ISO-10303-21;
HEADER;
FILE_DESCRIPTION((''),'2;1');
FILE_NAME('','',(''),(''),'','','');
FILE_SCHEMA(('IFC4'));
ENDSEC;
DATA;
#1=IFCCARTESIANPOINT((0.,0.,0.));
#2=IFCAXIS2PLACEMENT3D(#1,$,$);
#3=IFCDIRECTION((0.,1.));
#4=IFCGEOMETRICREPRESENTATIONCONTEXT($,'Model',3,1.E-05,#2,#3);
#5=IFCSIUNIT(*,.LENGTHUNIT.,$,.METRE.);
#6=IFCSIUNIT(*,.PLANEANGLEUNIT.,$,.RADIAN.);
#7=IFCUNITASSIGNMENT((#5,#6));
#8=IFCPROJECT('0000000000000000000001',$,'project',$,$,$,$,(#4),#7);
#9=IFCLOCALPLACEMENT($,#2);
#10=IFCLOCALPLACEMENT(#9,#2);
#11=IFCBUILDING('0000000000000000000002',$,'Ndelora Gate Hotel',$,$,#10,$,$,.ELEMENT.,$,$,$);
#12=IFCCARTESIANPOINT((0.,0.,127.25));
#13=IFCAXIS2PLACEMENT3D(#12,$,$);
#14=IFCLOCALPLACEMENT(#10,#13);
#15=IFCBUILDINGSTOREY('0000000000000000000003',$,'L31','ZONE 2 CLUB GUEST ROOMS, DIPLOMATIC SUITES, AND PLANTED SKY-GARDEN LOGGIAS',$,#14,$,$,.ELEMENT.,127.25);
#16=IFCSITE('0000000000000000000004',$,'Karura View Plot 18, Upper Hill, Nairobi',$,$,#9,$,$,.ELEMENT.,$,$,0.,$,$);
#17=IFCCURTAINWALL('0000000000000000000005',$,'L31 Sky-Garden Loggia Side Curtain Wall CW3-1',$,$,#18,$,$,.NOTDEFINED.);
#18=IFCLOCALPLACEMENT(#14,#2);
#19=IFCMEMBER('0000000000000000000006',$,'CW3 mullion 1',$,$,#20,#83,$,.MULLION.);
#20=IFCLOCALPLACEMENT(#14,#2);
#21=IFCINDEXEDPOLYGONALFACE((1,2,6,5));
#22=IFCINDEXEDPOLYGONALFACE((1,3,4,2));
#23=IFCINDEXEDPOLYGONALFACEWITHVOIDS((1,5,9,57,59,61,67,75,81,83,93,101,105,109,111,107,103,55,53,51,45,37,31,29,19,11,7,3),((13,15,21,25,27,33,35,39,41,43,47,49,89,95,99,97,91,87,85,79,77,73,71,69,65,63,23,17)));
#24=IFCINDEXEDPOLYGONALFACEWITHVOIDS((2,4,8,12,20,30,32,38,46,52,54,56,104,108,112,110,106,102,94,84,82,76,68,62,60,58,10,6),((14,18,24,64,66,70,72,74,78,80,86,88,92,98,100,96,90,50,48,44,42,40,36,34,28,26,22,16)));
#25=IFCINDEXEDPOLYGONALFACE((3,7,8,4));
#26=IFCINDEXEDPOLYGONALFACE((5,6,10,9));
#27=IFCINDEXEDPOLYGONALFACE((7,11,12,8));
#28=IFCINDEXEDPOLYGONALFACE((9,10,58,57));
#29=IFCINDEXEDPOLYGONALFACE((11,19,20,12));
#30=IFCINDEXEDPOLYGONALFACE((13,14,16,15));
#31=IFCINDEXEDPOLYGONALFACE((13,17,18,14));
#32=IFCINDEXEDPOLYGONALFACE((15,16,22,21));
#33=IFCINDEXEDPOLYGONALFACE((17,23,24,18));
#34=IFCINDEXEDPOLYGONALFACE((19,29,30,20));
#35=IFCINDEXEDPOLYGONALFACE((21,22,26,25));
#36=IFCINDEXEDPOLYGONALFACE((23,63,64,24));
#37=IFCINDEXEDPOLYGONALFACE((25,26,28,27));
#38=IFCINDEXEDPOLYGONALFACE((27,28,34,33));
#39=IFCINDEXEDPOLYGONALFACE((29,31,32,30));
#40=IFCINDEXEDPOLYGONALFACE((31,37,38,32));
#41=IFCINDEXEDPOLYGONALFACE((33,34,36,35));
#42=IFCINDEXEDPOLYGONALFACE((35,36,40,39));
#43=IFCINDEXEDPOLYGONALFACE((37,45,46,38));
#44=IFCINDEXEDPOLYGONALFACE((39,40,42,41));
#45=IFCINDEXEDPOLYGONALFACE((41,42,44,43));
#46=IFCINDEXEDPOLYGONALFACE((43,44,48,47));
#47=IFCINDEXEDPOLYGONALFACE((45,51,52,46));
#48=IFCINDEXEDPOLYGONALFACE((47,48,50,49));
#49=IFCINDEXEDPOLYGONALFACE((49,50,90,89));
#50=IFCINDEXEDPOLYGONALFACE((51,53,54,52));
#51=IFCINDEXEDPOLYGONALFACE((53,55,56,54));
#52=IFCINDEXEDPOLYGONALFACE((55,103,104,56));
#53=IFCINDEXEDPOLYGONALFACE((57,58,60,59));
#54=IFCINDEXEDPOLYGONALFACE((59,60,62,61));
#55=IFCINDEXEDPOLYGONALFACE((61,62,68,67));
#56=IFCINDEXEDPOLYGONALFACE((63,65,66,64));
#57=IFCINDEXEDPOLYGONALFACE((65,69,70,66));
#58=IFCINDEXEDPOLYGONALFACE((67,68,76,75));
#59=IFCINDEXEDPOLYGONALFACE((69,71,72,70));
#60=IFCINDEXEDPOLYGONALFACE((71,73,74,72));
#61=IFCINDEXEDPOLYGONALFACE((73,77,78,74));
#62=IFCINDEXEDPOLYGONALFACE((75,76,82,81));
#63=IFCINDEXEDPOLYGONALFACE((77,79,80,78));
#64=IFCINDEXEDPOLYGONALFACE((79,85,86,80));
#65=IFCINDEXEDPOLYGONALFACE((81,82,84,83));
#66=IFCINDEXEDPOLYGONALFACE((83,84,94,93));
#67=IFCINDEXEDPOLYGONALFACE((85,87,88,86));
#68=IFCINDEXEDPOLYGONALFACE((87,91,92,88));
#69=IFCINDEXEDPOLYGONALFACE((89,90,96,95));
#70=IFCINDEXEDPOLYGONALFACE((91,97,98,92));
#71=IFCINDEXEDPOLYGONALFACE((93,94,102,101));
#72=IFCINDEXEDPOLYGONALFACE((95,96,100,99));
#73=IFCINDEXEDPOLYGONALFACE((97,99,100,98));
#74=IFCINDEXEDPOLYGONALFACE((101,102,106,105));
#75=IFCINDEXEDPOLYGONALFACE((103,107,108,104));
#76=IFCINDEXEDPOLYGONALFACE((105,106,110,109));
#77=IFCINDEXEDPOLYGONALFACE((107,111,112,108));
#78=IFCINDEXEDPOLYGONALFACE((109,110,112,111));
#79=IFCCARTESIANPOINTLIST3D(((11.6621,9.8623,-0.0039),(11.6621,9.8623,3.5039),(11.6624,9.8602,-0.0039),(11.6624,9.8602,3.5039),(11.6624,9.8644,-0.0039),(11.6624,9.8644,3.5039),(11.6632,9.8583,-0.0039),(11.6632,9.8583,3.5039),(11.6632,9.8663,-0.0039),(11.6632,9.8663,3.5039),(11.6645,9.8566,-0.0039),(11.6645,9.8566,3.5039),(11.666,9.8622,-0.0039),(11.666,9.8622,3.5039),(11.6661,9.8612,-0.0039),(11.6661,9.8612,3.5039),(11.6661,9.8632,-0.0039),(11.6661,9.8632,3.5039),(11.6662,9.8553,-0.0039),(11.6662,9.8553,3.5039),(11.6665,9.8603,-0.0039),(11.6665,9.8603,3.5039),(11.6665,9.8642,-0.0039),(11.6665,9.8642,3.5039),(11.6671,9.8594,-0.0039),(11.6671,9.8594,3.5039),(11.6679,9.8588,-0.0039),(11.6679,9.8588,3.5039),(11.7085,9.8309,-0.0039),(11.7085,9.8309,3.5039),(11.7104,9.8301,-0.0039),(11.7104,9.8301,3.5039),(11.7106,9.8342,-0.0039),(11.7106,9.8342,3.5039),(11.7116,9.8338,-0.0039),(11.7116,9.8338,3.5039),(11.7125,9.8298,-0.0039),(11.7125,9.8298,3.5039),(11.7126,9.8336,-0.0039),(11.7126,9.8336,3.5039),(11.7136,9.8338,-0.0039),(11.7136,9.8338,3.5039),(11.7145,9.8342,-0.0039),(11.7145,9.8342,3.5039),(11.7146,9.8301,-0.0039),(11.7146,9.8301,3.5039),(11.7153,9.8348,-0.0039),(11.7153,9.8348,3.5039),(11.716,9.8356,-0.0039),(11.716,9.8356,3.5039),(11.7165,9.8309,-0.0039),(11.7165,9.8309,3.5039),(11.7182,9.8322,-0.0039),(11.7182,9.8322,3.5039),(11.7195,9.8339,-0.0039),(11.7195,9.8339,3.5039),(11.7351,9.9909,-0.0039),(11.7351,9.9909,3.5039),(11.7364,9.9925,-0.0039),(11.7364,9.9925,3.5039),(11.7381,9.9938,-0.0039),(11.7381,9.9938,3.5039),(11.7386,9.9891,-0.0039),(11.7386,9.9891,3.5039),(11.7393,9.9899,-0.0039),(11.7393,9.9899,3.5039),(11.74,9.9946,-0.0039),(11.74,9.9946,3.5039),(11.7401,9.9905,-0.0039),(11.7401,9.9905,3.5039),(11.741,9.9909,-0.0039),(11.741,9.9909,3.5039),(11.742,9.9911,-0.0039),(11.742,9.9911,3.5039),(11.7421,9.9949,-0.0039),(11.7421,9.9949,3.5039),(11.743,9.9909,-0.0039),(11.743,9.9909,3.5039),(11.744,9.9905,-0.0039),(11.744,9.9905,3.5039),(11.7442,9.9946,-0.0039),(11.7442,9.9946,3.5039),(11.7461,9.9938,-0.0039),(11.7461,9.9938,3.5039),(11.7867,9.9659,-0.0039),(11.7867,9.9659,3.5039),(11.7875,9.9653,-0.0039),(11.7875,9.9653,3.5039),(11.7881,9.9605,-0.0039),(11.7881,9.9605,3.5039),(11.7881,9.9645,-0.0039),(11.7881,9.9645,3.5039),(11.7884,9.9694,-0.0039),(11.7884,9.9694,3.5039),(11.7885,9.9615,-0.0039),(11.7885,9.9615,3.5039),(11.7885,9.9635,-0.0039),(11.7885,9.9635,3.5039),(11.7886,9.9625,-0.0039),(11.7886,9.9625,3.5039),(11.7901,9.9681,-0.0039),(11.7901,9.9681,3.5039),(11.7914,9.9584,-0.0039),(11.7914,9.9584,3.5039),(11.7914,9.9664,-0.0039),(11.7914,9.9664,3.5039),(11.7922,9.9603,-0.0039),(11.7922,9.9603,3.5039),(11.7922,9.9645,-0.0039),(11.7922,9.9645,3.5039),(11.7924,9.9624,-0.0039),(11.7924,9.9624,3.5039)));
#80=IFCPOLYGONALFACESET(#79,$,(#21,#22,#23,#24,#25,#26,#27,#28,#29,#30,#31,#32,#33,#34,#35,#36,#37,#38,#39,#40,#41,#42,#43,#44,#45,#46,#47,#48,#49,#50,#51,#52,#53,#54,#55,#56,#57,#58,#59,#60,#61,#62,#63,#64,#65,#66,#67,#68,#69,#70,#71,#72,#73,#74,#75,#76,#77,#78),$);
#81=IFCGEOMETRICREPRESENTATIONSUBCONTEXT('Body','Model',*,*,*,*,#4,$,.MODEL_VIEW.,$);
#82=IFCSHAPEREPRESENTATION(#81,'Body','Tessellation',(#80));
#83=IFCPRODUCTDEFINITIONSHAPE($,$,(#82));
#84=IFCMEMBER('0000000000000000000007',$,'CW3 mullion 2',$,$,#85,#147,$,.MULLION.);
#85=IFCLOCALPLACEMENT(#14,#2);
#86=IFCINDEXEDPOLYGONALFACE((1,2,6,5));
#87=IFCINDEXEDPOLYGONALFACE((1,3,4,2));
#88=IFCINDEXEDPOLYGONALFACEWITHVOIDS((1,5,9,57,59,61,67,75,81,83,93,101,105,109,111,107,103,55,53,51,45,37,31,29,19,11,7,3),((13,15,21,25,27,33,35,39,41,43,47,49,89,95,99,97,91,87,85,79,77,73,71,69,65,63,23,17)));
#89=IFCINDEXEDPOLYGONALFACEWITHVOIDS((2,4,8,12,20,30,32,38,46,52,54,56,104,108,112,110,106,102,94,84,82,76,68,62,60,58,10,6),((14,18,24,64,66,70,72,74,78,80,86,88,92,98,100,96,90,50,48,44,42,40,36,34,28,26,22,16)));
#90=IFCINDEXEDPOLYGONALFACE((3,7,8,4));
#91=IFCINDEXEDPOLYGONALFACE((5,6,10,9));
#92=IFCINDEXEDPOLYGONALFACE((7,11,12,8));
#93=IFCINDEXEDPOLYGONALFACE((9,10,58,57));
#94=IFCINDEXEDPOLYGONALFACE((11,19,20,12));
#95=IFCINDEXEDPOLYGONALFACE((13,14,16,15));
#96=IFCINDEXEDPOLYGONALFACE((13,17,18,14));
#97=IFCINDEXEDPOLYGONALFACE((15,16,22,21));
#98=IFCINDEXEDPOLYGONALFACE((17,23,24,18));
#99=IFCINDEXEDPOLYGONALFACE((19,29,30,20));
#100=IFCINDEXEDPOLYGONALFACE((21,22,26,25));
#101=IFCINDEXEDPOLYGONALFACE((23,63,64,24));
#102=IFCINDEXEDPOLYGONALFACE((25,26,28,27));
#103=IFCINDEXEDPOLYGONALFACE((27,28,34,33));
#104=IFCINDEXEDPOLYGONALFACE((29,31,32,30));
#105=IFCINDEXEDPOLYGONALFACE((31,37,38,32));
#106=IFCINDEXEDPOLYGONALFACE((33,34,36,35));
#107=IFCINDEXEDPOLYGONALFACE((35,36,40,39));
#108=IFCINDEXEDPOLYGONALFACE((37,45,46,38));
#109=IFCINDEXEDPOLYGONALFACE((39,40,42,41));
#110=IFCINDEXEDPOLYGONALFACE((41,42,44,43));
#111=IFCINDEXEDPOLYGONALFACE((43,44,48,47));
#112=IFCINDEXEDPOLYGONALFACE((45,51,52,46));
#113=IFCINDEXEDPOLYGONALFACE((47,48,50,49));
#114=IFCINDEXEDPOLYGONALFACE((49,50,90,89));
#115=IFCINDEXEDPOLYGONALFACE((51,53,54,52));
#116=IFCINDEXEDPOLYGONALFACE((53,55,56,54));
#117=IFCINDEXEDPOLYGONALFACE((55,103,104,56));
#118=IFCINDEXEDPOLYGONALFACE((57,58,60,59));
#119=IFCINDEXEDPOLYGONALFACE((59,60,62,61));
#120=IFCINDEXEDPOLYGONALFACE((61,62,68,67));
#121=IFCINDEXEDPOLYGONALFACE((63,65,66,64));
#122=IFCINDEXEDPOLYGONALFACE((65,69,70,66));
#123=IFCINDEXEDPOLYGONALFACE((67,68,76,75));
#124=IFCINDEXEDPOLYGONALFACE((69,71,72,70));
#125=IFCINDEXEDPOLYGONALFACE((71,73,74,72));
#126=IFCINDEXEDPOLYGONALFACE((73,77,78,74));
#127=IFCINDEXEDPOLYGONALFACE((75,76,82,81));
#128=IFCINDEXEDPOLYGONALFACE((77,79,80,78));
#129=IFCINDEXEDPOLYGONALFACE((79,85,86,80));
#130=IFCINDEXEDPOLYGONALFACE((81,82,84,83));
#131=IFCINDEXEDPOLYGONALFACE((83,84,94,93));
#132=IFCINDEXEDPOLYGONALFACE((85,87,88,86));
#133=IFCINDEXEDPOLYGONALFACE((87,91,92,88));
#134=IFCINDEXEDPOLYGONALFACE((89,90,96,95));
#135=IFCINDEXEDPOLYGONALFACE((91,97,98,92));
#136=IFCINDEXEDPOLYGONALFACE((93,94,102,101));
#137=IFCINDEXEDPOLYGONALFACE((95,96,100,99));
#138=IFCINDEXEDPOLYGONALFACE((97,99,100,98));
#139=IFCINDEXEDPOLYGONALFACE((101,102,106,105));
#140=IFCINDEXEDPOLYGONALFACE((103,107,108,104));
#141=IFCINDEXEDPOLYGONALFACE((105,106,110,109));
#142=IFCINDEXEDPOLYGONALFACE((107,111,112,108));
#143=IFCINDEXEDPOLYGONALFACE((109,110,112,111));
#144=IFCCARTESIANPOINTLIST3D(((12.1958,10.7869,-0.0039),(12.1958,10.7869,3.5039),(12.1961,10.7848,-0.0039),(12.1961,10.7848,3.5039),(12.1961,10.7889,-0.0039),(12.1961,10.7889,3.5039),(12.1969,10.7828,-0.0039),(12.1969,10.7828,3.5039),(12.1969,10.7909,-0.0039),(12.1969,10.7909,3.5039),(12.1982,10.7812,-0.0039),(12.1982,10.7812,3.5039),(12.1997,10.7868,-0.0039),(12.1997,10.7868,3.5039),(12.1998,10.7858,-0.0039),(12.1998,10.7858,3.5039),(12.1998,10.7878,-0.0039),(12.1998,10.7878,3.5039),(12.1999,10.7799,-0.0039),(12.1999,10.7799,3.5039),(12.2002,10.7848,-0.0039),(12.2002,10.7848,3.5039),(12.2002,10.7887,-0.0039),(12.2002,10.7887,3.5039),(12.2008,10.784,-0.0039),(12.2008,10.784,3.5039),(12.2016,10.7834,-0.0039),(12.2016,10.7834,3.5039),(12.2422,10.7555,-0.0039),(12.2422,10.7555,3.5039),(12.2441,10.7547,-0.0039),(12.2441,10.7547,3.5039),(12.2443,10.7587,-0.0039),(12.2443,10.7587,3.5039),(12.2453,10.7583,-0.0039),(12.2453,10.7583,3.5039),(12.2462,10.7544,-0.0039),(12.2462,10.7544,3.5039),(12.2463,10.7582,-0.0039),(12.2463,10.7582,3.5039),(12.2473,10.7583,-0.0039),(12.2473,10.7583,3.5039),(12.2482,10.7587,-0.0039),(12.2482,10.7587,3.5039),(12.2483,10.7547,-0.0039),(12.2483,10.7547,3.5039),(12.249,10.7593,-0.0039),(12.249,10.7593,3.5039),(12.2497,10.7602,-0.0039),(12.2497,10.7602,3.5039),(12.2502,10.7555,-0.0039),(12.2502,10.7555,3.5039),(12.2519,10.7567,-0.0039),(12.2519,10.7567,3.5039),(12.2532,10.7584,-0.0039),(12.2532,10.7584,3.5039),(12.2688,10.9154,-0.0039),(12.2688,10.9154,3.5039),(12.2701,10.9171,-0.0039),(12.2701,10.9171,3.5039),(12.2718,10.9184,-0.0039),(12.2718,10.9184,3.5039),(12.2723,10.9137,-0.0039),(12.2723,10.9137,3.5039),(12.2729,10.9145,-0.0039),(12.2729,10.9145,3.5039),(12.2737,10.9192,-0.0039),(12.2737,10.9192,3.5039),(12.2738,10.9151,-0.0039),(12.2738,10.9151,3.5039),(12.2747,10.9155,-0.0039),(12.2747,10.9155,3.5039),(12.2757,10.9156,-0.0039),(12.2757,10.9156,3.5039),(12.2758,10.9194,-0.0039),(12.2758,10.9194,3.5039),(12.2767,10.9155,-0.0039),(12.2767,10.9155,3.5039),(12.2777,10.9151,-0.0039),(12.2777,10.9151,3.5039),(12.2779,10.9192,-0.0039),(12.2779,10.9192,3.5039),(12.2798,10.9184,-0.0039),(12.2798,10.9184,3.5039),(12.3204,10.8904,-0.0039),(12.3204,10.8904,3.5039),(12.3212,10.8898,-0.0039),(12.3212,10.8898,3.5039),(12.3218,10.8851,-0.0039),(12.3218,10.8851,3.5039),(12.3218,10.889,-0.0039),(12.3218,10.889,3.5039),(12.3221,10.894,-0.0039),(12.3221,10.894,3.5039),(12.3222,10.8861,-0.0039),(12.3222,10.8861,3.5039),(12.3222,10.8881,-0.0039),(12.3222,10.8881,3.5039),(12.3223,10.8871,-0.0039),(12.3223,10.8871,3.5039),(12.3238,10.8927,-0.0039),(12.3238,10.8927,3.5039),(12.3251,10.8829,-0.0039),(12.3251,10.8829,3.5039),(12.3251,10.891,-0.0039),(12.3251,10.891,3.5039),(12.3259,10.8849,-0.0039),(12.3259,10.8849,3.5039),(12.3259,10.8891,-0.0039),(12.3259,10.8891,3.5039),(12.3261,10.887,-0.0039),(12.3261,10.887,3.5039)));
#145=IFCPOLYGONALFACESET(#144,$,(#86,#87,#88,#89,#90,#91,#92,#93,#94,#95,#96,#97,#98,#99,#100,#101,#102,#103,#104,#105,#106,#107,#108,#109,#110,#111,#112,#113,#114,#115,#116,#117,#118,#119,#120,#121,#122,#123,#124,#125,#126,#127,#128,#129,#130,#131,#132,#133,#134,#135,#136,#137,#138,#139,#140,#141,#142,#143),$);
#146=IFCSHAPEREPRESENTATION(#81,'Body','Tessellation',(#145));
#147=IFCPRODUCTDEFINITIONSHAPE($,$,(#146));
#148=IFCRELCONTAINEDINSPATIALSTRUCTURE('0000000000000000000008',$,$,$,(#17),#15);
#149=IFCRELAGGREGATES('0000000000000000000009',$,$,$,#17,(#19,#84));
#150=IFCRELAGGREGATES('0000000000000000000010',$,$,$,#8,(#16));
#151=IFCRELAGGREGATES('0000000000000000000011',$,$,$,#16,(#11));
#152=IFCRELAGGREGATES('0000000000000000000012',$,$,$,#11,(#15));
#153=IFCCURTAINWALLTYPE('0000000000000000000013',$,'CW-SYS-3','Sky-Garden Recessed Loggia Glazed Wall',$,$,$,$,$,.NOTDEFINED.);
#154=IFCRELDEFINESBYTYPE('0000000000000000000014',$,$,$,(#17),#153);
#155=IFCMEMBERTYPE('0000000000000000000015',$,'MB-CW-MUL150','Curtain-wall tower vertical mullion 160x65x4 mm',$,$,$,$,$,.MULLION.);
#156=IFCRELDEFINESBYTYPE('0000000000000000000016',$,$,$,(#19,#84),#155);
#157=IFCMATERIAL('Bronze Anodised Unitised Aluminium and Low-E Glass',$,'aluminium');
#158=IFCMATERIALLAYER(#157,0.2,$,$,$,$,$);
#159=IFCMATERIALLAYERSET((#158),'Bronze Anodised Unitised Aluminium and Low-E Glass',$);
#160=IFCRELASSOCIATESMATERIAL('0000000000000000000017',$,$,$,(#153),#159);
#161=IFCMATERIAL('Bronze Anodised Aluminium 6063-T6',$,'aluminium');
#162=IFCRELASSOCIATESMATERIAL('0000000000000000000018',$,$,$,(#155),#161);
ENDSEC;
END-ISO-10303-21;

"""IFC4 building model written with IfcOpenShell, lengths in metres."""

from ifc_helpers import new_model, si_unit, direction, frame, origin, origin_2d, place, context, subcontext, project, spatial, hollow_rectangle, extrude, material, layer, layer_set, material_profile, profile_set, type_object, element, aggregate, save


model = new_model("IFC4")

# Units and contexts
model_context = context("Model", 3, precision=1e-05, world=origin(), true_north=direction((0.0, 1.0)))
body_context = subcontext(model_context, "Body", "Model", "MODEL_VIEW")
ifc_project = project(units=[si_unit("LENGTHUNIT", "METRE"), si_unit("PLANEANGLEUNIT", "RADIAN")], contexts=[model_context])

# Site, building, storey
site_placement = place(None, origin())
site = spatial("IfcSite", under=ifc_project, at=site_placement, Name="Karura View Plot 18, Upper Hill, Nairobi", CompositionType="ELEMENT", RefElevation=0.0)
building_placement = place(site_placement, origin())
building = spatial("IfcBuilding", under=site, at=building_placement, Name="Ndelora Gate Hotel", CompositionType="ELEMENT")
storey_placement = place(building_placement, frame((0.0, 0.0, 127.25)))
storey = spatial("IfcBuildingStorey", under=building, at=storey_placement, Name="L31", Description="ZONE 2 CLUB GUEST ROOMS, DIPLOMATIC SUITES, AND PLANTED SKY-GARDEN LOGGIAS", CompositionType="ELEMENT", Elevation=127.25)

# Curtain wall, members
ifc_material_1 = material(Name="Bronze Anodised Unitised Aluminium and Low-E Glass", Category="aluminium")
ifc_layer_1 = layer(ifc_material_1, 0.2)
ifc_layer_set_1 = layer_set([ifc_layer_1], Name="Bronze Anodised Unitised Aluminium and Low-E Glass")
curtain_wall_type = type_object("IfcCurtainWallType", Name="CW-SYS-3", Description="Sky-Garden Recessed Loggia Glazed Wall", PredefinedType="NOTDEFINED", material=ifc_layer_set_1)
curtain_wall_placement = place(storey_placement, origin())
curtain_wall = element("IfcCurtainWall", 1, at=curtain_wall_placement, inside=storey, type_object=curtain_wall_type, Name="L31 Sky-Garden Loggia Side Curtain Wall CW3-1", PredefinedType="NOTDEFINED")
ifc_material_2 = material(Name="Bronze Anodised Aluminium 6063-T6", Category="aluminium")
ifc_material_profile_1 = material_profile(ifc_material_2, hollow_rectangle(XDim=0.0649, YDim=0.1599, WallThickness=0.0039, InnerFilletRadius=0.0039, OuterFilletRadius=0.0081, at=origin_2d()), Name="ALU 160x65x4")
ifc_profile_set_1 = profile_set([ifc_material_profile_1], Name="Bronze Anodised Aluminium 6063-T6")
member_type_1 = type_object("IfcMemberType", Name="MB-CW-MUL150", Description="Curtain-wall tower vertical mullion 160x65x4 mm", PredefinedType="MULLION", material=ifc_profile_set_1)
member_1_placement = place(storey_placement, frame((11.7273, 9.9124, -0.0039), z_axis=(0.0, 0.0, 1.0), x_axis=(-0.866019, 0.500011, 0.0)))
member_1 = element("IfcMember", 2, at=member_1_placement, type_object=member_type_1, Name="CW3 mullion 1", PredefinedType="MULLION", context=body_context, shape_type="SweptSolid", body=[
    extrude(hollow_rectangle(XDim=0.0649, YDim=0.1599, WallThickness=0.0039, InnerFilletRadius=0.0039, OuterFilletRadius=0.0081, at=origin_2d()), origin(), (0.0, 0.0, 1.0), 3.5078),
])
member_2_placement = place(storey_placement, frame((12.261, 10.8369, -0.0039), z_axis=(0.0, 0.0, 1.0), x_axis=(-0.866019, 0.500011, 0.0)))
member_2 = element("IfcMember", 3, at=member_2_placement, type_object=member_type_1, Name="CW3 mullion 2", PredefinedType="MULLION", context=body_context, shape_type="SweptSolid", body=[
    extrude(hollow_rectangle(XDim=0.0649, YDim=0.1599, WallThickness=0.0039, InnerFilletRadius=0.0039, OuterFilletRadius=0.0081, at=origin_2d()), origin(), (0.0, 0.0, 1.0), 3.5078),
])
aggregate(curtain_wall, [member_1, member_2])

save(model, "model.ifc")
